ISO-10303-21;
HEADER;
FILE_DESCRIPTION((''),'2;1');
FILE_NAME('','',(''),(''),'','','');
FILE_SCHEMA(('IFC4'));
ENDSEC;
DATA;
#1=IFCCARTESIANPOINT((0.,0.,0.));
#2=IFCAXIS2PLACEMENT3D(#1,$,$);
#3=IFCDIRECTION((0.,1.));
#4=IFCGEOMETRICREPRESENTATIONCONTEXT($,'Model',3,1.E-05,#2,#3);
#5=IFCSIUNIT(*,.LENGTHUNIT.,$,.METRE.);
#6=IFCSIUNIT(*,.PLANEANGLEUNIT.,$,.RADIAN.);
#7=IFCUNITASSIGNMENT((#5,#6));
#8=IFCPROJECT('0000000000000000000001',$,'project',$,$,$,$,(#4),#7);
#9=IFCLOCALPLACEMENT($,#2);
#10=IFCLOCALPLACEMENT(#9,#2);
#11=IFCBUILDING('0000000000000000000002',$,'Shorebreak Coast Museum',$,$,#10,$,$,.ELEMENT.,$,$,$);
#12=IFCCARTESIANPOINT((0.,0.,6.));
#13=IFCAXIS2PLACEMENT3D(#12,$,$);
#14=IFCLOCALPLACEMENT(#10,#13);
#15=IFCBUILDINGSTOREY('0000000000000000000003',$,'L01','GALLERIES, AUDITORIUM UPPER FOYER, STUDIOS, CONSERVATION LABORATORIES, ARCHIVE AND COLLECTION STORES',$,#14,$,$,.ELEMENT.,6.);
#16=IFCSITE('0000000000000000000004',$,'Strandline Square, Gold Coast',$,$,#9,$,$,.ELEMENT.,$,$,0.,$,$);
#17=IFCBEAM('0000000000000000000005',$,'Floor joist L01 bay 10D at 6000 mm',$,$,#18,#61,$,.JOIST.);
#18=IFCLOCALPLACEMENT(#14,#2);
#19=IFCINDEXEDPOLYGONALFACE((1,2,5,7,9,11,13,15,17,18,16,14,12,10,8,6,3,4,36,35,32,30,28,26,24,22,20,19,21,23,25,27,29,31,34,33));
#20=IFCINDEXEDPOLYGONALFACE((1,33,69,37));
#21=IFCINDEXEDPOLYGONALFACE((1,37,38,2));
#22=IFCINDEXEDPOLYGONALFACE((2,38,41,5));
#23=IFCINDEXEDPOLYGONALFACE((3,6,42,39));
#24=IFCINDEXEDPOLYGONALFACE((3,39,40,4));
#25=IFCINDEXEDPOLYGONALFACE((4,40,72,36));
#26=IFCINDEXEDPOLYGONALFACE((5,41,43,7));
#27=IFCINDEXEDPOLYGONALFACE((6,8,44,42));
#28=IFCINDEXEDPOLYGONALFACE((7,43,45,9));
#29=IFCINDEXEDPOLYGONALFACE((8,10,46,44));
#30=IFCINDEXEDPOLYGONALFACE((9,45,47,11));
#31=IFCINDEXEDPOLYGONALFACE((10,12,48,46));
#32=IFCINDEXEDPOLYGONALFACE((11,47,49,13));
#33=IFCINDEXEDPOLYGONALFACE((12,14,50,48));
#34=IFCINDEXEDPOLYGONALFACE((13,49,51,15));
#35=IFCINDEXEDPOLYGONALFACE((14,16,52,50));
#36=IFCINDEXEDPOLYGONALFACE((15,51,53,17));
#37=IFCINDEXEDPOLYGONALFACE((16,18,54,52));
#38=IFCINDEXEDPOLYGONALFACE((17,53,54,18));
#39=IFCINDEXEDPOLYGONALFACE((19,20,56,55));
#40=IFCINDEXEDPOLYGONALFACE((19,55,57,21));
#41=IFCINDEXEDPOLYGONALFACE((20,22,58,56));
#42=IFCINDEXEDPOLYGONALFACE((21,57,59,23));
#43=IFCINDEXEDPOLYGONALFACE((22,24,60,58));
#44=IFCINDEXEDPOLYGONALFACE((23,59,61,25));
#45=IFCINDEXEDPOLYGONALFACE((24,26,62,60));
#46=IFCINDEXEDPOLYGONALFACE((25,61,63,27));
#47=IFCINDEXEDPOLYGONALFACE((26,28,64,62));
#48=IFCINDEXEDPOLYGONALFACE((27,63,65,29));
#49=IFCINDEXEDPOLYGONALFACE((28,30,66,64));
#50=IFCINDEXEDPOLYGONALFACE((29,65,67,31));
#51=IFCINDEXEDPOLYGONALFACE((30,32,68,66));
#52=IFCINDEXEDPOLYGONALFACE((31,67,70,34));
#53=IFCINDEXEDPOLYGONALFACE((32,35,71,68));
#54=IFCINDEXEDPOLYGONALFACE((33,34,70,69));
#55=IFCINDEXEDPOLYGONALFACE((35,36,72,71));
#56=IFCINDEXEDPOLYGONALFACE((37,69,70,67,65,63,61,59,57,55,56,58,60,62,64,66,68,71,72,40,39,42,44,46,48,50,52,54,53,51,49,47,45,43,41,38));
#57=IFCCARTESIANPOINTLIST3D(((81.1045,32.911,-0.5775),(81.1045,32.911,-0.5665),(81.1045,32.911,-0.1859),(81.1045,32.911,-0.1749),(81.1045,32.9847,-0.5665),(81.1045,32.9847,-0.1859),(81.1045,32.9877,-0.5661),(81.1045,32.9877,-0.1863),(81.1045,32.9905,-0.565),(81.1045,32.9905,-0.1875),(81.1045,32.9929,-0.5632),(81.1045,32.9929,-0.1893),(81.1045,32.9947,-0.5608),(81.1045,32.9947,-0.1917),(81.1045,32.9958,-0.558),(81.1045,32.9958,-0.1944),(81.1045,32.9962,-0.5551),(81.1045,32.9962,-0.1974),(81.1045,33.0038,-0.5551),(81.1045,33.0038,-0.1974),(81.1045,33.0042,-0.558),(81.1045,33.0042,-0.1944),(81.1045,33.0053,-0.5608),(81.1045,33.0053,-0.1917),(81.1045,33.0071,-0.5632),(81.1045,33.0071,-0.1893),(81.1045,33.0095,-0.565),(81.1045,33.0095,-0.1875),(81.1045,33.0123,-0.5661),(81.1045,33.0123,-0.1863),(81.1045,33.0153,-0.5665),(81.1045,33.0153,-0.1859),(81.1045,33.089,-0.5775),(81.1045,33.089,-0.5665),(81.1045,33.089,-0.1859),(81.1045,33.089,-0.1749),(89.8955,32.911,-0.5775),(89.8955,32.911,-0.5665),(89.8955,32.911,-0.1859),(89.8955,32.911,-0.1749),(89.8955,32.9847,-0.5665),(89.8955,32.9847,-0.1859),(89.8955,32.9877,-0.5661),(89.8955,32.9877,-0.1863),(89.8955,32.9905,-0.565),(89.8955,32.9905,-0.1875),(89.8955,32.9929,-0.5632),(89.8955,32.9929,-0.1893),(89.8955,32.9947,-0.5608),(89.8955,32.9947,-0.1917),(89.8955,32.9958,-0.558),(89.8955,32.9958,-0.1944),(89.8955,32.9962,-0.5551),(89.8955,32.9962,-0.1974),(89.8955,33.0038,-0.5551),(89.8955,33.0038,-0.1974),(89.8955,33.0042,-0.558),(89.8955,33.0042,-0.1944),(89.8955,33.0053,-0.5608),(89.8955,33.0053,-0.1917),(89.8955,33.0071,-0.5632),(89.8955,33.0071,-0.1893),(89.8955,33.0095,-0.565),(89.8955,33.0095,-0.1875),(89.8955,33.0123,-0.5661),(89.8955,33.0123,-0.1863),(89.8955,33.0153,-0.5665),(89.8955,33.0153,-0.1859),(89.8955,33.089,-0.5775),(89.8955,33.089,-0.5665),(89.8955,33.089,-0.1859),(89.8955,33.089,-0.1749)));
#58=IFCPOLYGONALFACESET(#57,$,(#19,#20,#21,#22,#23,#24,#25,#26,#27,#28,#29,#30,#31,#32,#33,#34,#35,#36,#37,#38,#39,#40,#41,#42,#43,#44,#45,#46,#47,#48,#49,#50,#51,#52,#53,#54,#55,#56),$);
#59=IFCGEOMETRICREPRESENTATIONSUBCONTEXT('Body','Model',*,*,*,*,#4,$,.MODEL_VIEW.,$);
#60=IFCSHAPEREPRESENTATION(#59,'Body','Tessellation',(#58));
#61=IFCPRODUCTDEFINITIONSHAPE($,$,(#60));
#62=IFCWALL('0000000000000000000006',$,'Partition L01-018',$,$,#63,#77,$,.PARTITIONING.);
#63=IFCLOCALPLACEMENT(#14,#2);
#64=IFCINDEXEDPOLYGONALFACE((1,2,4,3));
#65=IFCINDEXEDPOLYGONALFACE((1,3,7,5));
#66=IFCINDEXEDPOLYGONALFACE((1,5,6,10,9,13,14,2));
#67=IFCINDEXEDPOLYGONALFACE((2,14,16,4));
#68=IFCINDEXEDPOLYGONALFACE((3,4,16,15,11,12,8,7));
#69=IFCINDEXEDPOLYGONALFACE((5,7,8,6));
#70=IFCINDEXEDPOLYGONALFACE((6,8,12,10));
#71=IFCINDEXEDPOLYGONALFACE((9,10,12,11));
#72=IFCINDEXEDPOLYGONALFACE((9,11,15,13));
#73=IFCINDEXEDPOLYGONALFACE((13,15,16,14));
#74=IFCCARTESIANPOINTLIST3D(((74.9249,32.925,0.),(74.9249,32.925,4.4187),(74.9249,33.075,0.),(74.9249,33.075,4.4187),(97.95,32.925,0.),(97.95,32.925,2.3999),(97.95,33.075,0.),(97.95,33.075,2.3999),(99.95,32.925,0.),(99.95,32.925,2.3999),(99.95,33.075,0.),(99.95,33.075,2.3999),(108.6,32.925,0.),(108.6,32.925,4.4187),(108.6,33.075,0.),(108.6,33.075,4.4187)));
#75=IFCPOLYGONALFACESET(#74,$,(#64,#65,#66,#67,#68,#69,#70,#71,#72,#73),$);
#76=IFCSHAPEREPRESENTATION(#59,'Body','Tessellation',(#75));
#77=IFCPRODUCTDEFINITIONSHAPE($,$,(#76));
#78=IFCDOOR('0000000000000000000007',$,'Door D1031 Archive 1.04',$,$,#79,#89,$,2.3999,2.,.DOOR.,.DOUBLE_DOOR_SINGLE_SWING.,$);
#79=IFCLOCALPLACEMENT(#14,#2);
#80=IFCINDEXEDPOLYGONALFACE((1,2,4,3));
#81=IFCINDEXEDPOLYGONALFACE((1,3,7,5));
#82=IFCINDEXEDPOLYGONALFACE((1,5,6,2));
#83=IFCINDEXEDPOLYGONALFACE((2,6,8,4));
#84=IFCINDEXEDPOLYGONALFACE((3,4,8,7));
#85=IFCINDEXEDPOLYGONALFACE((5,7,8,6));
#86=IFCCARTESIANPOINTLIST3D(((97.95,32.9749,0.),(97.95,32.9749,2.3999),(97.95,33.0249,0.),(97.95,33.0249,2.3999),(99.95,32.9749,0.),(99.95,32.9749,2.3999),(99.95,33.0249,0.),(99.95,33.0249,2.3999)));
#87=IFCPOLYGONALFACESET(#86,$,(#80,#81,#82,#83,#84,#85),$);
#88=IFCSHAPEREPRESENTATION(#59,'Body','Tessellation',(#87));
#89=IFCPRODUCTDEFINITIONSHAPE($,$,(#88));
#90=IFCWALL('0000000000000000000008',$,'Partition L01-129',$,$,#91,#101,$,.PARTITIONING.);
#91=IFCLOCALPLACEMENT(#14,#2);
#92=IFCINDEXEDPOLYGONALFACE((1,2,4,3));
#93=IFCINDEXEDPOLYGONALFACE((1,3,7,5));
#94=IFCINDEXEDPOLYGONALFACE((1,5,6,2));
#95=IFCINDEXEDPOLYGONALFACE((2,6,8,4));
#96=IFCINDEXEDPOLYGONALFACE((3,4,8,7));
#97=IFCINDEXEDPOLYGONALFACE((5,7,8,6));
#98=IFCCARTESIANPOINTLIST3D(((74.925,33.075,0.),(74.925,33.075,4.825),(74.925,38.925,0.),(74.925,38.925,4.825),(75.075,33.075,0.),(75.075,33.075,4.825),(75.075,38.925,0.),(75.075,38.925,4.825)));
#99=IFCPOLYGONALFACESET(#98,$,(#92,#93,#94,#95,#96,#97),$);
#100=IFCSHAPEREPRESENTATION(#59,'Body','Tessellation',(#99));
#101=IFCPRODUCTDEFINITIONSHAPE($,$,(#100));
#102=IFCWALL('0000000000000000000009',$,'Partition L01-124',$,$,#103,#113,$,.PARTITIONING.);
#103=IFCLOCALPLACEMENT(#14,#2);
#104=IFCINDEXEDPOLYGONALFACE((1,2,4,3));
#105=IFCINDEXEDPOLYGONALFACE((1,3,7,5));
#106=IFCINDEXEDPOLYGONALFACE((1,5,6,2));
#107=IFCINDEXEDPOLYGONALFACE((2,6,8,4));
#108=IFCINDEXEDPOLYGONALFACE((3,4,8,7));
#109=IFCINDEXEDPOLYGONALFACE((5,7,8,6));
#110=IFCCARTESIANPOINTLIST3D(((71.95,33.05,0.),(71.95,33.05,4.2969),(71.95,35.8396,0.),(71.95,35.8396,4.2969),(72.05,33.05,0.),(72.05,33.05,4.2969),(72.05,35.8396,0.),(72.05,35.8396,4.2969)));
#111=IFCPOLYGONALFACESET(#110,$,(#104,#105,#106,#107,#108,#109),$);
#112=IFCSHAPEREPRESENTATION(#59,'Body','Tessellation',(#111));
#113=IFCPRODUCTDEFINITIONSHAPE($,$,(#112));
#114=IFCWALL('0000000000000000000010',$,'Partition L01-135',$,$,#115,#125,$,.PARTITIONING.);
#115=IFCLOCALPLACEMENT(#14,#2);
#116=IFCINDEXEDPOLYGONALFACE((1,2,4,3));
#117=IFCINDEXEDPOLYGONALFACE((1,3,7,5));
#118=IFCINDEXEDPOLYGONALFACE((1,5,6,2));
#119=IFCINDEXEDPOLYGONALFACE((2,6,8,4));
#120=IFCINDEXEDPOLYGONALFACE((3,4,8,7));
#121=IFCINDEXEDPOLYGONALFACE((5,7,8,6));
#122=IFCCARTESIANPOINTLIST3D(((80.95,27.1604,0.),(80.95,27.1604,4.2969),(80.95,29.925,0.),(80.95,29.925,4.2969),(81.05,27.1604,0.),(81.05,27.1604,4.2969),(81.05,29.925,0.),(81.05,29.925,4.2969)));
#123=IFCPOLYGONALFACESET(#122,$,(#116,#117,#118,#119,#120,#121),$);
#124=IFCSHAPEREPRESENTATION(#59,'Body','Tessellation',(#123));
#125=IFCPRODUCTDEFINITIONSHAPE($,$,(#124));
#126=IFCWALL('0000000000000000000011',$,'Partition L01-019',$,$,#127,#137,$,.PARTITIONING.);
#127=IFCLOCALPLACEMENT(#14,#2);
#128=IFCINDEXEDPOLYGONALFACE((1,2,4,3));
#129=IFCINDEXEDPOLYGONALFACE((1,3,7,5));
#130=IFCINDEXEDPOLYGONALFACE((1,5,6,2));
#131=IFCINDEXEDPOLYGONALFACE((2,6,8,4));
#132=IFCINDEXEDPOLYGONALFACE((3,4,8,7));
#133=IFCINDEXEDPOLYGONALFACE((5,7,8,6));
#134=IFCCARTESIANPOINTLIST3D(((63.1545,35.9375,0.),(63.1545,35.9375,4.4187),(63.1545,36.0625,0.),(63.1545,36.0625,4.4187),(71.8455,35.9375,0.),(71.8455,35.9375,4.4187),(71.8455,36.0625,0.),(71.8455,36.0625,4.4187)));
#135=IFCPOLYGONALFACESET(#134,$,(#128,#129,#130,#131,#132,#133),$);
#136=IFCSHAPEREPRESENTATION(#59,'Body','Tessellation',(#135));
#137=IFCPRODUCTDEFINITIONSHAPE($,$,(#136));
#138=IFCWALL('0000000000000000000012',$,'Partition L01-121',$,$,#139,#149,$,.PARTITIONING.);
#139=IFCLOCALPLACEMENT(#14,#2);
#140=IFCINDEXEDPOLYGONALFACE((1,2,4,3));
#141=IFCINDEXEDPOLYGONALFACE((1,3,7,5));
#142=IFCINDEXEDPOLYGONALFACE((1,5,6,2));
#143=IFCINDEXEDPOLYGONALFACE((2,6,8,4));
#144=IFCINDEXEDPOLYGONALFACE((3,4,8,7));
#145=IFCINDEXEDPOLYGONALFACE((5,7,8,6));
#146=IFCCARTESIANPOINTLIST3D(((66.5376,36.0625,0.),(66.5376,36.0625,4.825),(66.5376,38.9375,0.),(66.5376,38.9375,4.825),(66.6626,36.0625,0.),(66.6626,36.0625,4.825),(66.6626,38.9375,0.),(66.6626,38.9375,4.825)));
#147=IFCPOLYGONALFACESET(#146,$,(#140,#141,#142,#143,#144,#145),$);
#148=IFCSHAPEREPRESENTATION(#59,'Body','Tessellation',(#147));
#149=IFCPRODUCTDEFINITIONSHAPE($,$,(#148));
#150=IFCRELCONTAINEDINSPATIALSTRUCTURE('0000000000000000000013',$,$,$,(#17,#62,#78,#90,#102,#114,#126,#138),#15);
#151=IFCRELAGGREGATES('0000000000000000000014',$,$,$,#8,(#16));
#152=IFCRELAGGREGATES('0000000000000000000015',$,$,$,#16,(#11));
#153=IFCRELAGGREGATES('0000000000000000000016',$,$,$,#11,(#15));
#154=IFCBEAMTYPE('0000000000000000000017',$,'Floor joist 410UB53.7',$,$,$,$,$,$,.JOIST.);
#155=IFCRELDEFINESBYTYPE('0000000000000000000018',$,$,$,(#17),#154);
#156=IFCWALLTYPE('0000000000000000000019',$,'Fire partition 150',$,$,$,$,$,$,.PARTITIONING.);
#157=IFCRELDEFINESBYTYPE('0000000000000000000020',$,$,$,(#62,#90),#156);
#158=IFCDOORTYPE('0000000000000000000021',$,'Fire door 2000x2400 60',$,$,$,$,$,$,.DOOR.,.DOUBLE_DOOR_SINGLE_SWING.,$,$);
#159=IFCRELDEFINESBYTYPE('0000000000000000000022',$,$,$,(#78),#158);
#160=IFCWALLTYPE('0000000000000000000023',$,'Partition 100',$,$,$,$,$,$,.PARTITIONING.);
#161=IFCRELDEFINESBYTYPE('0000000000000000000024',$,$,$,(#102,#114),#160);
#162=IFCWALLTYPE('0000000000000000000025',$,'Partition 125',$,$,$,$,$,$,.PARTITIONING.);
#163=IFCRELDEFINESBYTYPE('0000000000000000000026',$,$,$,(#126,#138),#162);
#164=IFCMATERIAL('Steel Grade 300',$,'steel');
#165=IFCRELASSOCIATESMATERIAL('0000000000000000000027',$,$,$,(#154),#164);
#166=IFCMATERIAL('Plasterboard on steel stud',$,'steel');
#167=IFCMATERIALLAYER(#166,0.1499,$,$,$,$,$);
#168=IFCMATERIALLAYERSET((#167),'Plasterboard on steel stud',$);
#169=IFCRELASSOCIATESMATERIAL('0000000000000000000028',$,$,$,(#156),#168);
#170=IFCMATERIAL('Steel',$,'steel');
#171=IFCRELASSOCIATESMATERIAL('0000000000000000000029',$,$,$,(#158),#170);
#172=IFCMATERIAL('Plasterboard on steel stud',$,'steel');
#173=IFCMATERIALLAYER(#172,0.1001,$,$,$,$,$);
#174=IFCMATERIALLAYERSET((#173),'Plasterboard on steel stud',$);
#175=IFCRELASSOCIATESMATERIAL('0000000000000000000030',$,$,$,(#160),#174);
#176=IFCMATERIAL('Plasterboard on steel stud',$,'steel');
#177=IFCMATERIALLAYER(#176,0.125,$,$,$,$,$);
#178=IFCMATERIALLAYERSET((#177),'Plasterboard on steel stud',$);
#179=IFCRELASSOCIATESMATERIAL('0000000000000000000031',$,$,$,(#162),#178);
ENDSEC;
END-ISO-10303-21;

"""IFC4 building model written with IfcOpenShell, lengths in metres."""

from ifc_helpers import new_model, si_unit, direction, frame, frame_2d, origin, origin_2d, place, context, subcontext, project, spatial, rectangle, i_section, extrude, material, layer, layer_set, material_profile, profile_set, type_object, element, fill, save


model = new_model("IFC4")

# Units and contexts
model_context = context("Model", 3, precision=1e-05, world=origin(), true_north=direction((0.0, 1.0)))
body_context = subcontext(model_context, "Body", "Model", "MODEL_VIEW")
ifc_project = project(units=[si_unit("LENGTHUNIT", "METRE"), si_unit("PLANEANGLEUNIT", "RADIAN")], contexts=[model_context])

# Site, building, storey
site_placement = place(None, origin())
site = spatial("IfcSite", under=ifc_project, at=site_placement, Name="Strandline Square, Gold Coast", CompositionType="ELEMENT", RefElevation=0.0)
building_placement = place(site_placement, origin())
building = spatial("IfcBuilding", under=site, at=building_placement, Name="Shorebreak Coast Museum", CompositionType="ELEMENT")
storey_placement = place(building_placement, frame((0.0, 0.0, 6.0)))
storey = spatial("IfcBuildingStorey", under=building, at=storey_placement, Name="L01", Description="GALLERIES, AUDITORIUM UPPER FOYER, STUDIOS, CONSERVATION LABORATORIES, ARCHIVE AND COLLECTION STORES", CompositionType="ELEMENT", Elevation=6.0)

# Beam
ifc_material_1 = material(Name="Steel Grade 300", Category="steel")
ifc_material_profile_1 = material_profile(ifc_material_1, i_section(OverallWidth=0.178, OverallDepth=0.4026, WebThickness=0.0076, FlangeThickness=0.011, FilletRadius=0.0115, at=origin_2d()), Name="410UB53.7")
ifc_profile_set_1 = profile_set([ifc_material_profile_1], Name="Steel Grade 300")
beam_type_1 = type_object("IfcBeamType", Name="Floor joist 410UB53.7", PredefinedType="JOIST", material=ifc_profile_set_1)
for number, where, z_axis, x_axis, name in (
    (1, (81.1045, 33.0, -0.3762), (1.0, 0.0, 0.0), (0.0, 1.0, 0.0), "Floor joist L01 bay 10D at 6000 mm"),
):
    element("IfcBeam", number, at=place(storey_placement, frame(where, z_axis=z_axis, x_axis=x_axis)), inside=storey, type_object=beam_type_1, Name=name, PredefinedType="JOIST", context=body_context, shape_type="SweptSolid", body=[
        extrude(i_section(OverallWidth=0.178, OverallDepth=0.4026, WebThickness=0.0076, FlangeThickness=0.011, FilletRadius=0.0115, at=origin_2d()), origin(), (0.0, 0.0, 1.0), 8.791),
    ])

# Wall, opening, door
ifc_material_2 = material(Name="Plasterboard on steel stud", Category="steel")
ifc_layer_1 = layer(ifc_material_2, 0.1499)
ifc_layer_set_1 = layer_set([ifc_layer_1], Name="Plasterboard on steel stud")
wall_type_1 = type_object("IfcWallType", Name="Fire partition 150", PredefinedType="PARTITIONING", material=ifc_layer_set_1)
wall_1_placement = place(storey_placement, frame((74.925, 33.0, 0.0), z_axis=(0.0, 0.0, 1.0), x_axis=(1.0, 0.0, 0.0)))
wall_1 = element("IfcWall", 2, at=wall_1_placement, inside=storey, type_object=wall_type_1, Name="Partition L01-018", PredefinedType="PARTITIONING", context=body_context, shape_type="SweptSolid", body=[
    extrude(rectangle(XDim=33.675, YDim=0.1499, at=frame_2d((16.8374, 0.0))), origin(), (0.0, 0.0, 1.0), 4.4187),
])
opening_placement = place(wall_1_placement, frame((23.0249, 0.0, 0.0)))
opening = element("IfcOpeningElement", 3, at=opening_placement, cuts=wall_1, PredefinedType="OPENING", context=body_context, shape_type="SweptSolid", body=[
    extrude(rectangle(XDim=2.0, YDim=2.3999, at=frame_2d((1.0, 1.2))), frame((0.0, 0.085, 0.0), z_axis=(0.0, -1.0, 0.0), x_axis=(1.0, 0.0, 0.0)), (0.0, 0.0, 1.0), 0.1699),
])
ifc_material_3 = material(Name="Steel", Category="steel")
door_type = type_object("IfcDoorType", Name="Fire door 2000x2400 60", OperationType="DOUBLE_DOOR_SINGLE_SWING", PredefinedType="DOOR", material=ifc_material_3)
door_placement = place(opening_placement, origin())
door = element("IfcDoor", 4, at=door_placement, inside=storey, type_object=door_type, Name="Door D1031 Archive 1.04", OperationType="DOUBLE_DOOR_SINGLE_SWING", OverallHeight=2.3999, OverallWidth=2.0, PredefinedType="DOOR", context=body_context, shape_type="SweptSolid", body=[
    extrude(rectangle(XDim=2.0, YDim=2.3999, at=frame_2d((1.0, 1.2))), frame((0.0, 0.0249, 0.0), z_axis=(0.0, -1.0, 0.0), x_axis=(1.0, 0.0, 0.0)), (0.0, 0.0, 1.0), 0.05),
])
fill(opening, door)

# Walls
wall_2_placement = place(storey_placement, frame((75.0, 33.075, 0.0), z_axis=(0.0, 0.0, 1.0), x_axis=(0.0, 1.0, 0.0)))
element("IfcWall", 5, at=wall_2_placement, inside=storey, type_object=wall_type_1, Name="Partition L01-129", PredefinedType="PARTITIONING", context=body_context, shape_type="SweptSolid", body=[
    extrude(rectangle(XDim=5.8501, YDim=0.1499, at=frame_2d((2.925, 0.0))), origin(), (0.0, 0.0, 1.0), 4.825),
])
ifc_material_4 = material(Name="Plasterboard on steel stud", Category="steel")
ifc_layer_2 = layer(ifc_material_4, 0.1001)
ifc_layer_set_2 = layer_set([ifc_layer_2], Name="Plasterboard on steel stud")
wall_type_2 = type_object("IfcWallType", Name="Partition 100", PredefinedType="PARTITIONING", material=ifc_layer_set_2)
wall_3_placement = place(storey_placement, frame((72.0, 33.05, 0.0), z_axis=(0.0, 0.0, 1.0), x_axis=(0.0, 1.0, 0.0)))
element("IfcWall", 6, at=wall_3_placement, inside=storey, type_object=wall_type_2, Name="Partition L01-124", PredefinedType="PARTITIONING", context=body_context, shape_type="SweptSolid", body=[
    extrude(rectangle(XDim=2.7896, YDim=0.1001, at=frame_2d((1.3948, 0.0))), origin(), (0.0, 0.0, 1.0), 4.2969),
])
wall_4_placement = place(storey_placement, frame((81.0, 27.1604, 0.0), z_axis=(0.0, 0.0, 1.0), x_axis=(0.0, 1.0, 0.0)))
element("IfcWall", 7, at=wall_4_placement, inside=storey, type_object=wall_type_2, Name="Partition L01-135", PredefinedType="PARTITIONING", context=body_context, shape_type="SweptSolid", body=[
    extrude(rectangle(XDim=2.7646, YDim=0.1001, at=frame_2d((1.3823, 0.0))), origin(), (0.0, 0.0, 1.0), 4.2969),
])
ifc_material_5 = material(Name="Plasterboard on steel stud", Category="steel")
ifc_layer_3 = layer(ifc_material_5, 0.125)
ifc_layer_set_3 = layer_set([ifc_layer_3], Name="Plasterboard on steel stud")
wall_type_3 = type_object("IfcWallType", Name="Partition 125", PredefinedType="PARTITIONING", material=ifc_layer_set_3)
wall_5_placement = place(storey_placement, frame((63.1545, 36.0, 0.0), z_axis=(0.0, 0.0, 1.0), x_axis=(1.0, 0.0, 0.0)))
element("IfcWall", 8, at=wall_5_placement, inside=storey, type_object=wall_type_3, Name="Partition L01-019", PredefinedType="PARTITIONING", context=body_context, shape_type="SweptSolid", body=[
    extrude(rectangle(XDim=8.6909, YDim=0.125, at=frame_2d((4.3455, 0.0))), origin(), (0.0, 0.0, 1.0), 4.4187),
])
wall_6_placement = place(storey_placement, frame((66.6001, 36.0625, 0.0), z_axis=(0.0, 0.0, 1.0), x_axis=(0.0, 1.0, 0.0)))
element("IfcWall", 9, at=wall_6_placement, inside=storey, type_object=wall_type_3, Name="Partition L01-121", PredefinedType="PARTITIONING", context=body_context, shape_type="SweptSolid", body=[
    extrude(rectangle(XDim=2.875, YDim=0.125, at=frame_2d((1.4375, 0.0))), origin(), (0.0, 0.0, 1.0), 4.825),
])

save(model, "model.ifc")
